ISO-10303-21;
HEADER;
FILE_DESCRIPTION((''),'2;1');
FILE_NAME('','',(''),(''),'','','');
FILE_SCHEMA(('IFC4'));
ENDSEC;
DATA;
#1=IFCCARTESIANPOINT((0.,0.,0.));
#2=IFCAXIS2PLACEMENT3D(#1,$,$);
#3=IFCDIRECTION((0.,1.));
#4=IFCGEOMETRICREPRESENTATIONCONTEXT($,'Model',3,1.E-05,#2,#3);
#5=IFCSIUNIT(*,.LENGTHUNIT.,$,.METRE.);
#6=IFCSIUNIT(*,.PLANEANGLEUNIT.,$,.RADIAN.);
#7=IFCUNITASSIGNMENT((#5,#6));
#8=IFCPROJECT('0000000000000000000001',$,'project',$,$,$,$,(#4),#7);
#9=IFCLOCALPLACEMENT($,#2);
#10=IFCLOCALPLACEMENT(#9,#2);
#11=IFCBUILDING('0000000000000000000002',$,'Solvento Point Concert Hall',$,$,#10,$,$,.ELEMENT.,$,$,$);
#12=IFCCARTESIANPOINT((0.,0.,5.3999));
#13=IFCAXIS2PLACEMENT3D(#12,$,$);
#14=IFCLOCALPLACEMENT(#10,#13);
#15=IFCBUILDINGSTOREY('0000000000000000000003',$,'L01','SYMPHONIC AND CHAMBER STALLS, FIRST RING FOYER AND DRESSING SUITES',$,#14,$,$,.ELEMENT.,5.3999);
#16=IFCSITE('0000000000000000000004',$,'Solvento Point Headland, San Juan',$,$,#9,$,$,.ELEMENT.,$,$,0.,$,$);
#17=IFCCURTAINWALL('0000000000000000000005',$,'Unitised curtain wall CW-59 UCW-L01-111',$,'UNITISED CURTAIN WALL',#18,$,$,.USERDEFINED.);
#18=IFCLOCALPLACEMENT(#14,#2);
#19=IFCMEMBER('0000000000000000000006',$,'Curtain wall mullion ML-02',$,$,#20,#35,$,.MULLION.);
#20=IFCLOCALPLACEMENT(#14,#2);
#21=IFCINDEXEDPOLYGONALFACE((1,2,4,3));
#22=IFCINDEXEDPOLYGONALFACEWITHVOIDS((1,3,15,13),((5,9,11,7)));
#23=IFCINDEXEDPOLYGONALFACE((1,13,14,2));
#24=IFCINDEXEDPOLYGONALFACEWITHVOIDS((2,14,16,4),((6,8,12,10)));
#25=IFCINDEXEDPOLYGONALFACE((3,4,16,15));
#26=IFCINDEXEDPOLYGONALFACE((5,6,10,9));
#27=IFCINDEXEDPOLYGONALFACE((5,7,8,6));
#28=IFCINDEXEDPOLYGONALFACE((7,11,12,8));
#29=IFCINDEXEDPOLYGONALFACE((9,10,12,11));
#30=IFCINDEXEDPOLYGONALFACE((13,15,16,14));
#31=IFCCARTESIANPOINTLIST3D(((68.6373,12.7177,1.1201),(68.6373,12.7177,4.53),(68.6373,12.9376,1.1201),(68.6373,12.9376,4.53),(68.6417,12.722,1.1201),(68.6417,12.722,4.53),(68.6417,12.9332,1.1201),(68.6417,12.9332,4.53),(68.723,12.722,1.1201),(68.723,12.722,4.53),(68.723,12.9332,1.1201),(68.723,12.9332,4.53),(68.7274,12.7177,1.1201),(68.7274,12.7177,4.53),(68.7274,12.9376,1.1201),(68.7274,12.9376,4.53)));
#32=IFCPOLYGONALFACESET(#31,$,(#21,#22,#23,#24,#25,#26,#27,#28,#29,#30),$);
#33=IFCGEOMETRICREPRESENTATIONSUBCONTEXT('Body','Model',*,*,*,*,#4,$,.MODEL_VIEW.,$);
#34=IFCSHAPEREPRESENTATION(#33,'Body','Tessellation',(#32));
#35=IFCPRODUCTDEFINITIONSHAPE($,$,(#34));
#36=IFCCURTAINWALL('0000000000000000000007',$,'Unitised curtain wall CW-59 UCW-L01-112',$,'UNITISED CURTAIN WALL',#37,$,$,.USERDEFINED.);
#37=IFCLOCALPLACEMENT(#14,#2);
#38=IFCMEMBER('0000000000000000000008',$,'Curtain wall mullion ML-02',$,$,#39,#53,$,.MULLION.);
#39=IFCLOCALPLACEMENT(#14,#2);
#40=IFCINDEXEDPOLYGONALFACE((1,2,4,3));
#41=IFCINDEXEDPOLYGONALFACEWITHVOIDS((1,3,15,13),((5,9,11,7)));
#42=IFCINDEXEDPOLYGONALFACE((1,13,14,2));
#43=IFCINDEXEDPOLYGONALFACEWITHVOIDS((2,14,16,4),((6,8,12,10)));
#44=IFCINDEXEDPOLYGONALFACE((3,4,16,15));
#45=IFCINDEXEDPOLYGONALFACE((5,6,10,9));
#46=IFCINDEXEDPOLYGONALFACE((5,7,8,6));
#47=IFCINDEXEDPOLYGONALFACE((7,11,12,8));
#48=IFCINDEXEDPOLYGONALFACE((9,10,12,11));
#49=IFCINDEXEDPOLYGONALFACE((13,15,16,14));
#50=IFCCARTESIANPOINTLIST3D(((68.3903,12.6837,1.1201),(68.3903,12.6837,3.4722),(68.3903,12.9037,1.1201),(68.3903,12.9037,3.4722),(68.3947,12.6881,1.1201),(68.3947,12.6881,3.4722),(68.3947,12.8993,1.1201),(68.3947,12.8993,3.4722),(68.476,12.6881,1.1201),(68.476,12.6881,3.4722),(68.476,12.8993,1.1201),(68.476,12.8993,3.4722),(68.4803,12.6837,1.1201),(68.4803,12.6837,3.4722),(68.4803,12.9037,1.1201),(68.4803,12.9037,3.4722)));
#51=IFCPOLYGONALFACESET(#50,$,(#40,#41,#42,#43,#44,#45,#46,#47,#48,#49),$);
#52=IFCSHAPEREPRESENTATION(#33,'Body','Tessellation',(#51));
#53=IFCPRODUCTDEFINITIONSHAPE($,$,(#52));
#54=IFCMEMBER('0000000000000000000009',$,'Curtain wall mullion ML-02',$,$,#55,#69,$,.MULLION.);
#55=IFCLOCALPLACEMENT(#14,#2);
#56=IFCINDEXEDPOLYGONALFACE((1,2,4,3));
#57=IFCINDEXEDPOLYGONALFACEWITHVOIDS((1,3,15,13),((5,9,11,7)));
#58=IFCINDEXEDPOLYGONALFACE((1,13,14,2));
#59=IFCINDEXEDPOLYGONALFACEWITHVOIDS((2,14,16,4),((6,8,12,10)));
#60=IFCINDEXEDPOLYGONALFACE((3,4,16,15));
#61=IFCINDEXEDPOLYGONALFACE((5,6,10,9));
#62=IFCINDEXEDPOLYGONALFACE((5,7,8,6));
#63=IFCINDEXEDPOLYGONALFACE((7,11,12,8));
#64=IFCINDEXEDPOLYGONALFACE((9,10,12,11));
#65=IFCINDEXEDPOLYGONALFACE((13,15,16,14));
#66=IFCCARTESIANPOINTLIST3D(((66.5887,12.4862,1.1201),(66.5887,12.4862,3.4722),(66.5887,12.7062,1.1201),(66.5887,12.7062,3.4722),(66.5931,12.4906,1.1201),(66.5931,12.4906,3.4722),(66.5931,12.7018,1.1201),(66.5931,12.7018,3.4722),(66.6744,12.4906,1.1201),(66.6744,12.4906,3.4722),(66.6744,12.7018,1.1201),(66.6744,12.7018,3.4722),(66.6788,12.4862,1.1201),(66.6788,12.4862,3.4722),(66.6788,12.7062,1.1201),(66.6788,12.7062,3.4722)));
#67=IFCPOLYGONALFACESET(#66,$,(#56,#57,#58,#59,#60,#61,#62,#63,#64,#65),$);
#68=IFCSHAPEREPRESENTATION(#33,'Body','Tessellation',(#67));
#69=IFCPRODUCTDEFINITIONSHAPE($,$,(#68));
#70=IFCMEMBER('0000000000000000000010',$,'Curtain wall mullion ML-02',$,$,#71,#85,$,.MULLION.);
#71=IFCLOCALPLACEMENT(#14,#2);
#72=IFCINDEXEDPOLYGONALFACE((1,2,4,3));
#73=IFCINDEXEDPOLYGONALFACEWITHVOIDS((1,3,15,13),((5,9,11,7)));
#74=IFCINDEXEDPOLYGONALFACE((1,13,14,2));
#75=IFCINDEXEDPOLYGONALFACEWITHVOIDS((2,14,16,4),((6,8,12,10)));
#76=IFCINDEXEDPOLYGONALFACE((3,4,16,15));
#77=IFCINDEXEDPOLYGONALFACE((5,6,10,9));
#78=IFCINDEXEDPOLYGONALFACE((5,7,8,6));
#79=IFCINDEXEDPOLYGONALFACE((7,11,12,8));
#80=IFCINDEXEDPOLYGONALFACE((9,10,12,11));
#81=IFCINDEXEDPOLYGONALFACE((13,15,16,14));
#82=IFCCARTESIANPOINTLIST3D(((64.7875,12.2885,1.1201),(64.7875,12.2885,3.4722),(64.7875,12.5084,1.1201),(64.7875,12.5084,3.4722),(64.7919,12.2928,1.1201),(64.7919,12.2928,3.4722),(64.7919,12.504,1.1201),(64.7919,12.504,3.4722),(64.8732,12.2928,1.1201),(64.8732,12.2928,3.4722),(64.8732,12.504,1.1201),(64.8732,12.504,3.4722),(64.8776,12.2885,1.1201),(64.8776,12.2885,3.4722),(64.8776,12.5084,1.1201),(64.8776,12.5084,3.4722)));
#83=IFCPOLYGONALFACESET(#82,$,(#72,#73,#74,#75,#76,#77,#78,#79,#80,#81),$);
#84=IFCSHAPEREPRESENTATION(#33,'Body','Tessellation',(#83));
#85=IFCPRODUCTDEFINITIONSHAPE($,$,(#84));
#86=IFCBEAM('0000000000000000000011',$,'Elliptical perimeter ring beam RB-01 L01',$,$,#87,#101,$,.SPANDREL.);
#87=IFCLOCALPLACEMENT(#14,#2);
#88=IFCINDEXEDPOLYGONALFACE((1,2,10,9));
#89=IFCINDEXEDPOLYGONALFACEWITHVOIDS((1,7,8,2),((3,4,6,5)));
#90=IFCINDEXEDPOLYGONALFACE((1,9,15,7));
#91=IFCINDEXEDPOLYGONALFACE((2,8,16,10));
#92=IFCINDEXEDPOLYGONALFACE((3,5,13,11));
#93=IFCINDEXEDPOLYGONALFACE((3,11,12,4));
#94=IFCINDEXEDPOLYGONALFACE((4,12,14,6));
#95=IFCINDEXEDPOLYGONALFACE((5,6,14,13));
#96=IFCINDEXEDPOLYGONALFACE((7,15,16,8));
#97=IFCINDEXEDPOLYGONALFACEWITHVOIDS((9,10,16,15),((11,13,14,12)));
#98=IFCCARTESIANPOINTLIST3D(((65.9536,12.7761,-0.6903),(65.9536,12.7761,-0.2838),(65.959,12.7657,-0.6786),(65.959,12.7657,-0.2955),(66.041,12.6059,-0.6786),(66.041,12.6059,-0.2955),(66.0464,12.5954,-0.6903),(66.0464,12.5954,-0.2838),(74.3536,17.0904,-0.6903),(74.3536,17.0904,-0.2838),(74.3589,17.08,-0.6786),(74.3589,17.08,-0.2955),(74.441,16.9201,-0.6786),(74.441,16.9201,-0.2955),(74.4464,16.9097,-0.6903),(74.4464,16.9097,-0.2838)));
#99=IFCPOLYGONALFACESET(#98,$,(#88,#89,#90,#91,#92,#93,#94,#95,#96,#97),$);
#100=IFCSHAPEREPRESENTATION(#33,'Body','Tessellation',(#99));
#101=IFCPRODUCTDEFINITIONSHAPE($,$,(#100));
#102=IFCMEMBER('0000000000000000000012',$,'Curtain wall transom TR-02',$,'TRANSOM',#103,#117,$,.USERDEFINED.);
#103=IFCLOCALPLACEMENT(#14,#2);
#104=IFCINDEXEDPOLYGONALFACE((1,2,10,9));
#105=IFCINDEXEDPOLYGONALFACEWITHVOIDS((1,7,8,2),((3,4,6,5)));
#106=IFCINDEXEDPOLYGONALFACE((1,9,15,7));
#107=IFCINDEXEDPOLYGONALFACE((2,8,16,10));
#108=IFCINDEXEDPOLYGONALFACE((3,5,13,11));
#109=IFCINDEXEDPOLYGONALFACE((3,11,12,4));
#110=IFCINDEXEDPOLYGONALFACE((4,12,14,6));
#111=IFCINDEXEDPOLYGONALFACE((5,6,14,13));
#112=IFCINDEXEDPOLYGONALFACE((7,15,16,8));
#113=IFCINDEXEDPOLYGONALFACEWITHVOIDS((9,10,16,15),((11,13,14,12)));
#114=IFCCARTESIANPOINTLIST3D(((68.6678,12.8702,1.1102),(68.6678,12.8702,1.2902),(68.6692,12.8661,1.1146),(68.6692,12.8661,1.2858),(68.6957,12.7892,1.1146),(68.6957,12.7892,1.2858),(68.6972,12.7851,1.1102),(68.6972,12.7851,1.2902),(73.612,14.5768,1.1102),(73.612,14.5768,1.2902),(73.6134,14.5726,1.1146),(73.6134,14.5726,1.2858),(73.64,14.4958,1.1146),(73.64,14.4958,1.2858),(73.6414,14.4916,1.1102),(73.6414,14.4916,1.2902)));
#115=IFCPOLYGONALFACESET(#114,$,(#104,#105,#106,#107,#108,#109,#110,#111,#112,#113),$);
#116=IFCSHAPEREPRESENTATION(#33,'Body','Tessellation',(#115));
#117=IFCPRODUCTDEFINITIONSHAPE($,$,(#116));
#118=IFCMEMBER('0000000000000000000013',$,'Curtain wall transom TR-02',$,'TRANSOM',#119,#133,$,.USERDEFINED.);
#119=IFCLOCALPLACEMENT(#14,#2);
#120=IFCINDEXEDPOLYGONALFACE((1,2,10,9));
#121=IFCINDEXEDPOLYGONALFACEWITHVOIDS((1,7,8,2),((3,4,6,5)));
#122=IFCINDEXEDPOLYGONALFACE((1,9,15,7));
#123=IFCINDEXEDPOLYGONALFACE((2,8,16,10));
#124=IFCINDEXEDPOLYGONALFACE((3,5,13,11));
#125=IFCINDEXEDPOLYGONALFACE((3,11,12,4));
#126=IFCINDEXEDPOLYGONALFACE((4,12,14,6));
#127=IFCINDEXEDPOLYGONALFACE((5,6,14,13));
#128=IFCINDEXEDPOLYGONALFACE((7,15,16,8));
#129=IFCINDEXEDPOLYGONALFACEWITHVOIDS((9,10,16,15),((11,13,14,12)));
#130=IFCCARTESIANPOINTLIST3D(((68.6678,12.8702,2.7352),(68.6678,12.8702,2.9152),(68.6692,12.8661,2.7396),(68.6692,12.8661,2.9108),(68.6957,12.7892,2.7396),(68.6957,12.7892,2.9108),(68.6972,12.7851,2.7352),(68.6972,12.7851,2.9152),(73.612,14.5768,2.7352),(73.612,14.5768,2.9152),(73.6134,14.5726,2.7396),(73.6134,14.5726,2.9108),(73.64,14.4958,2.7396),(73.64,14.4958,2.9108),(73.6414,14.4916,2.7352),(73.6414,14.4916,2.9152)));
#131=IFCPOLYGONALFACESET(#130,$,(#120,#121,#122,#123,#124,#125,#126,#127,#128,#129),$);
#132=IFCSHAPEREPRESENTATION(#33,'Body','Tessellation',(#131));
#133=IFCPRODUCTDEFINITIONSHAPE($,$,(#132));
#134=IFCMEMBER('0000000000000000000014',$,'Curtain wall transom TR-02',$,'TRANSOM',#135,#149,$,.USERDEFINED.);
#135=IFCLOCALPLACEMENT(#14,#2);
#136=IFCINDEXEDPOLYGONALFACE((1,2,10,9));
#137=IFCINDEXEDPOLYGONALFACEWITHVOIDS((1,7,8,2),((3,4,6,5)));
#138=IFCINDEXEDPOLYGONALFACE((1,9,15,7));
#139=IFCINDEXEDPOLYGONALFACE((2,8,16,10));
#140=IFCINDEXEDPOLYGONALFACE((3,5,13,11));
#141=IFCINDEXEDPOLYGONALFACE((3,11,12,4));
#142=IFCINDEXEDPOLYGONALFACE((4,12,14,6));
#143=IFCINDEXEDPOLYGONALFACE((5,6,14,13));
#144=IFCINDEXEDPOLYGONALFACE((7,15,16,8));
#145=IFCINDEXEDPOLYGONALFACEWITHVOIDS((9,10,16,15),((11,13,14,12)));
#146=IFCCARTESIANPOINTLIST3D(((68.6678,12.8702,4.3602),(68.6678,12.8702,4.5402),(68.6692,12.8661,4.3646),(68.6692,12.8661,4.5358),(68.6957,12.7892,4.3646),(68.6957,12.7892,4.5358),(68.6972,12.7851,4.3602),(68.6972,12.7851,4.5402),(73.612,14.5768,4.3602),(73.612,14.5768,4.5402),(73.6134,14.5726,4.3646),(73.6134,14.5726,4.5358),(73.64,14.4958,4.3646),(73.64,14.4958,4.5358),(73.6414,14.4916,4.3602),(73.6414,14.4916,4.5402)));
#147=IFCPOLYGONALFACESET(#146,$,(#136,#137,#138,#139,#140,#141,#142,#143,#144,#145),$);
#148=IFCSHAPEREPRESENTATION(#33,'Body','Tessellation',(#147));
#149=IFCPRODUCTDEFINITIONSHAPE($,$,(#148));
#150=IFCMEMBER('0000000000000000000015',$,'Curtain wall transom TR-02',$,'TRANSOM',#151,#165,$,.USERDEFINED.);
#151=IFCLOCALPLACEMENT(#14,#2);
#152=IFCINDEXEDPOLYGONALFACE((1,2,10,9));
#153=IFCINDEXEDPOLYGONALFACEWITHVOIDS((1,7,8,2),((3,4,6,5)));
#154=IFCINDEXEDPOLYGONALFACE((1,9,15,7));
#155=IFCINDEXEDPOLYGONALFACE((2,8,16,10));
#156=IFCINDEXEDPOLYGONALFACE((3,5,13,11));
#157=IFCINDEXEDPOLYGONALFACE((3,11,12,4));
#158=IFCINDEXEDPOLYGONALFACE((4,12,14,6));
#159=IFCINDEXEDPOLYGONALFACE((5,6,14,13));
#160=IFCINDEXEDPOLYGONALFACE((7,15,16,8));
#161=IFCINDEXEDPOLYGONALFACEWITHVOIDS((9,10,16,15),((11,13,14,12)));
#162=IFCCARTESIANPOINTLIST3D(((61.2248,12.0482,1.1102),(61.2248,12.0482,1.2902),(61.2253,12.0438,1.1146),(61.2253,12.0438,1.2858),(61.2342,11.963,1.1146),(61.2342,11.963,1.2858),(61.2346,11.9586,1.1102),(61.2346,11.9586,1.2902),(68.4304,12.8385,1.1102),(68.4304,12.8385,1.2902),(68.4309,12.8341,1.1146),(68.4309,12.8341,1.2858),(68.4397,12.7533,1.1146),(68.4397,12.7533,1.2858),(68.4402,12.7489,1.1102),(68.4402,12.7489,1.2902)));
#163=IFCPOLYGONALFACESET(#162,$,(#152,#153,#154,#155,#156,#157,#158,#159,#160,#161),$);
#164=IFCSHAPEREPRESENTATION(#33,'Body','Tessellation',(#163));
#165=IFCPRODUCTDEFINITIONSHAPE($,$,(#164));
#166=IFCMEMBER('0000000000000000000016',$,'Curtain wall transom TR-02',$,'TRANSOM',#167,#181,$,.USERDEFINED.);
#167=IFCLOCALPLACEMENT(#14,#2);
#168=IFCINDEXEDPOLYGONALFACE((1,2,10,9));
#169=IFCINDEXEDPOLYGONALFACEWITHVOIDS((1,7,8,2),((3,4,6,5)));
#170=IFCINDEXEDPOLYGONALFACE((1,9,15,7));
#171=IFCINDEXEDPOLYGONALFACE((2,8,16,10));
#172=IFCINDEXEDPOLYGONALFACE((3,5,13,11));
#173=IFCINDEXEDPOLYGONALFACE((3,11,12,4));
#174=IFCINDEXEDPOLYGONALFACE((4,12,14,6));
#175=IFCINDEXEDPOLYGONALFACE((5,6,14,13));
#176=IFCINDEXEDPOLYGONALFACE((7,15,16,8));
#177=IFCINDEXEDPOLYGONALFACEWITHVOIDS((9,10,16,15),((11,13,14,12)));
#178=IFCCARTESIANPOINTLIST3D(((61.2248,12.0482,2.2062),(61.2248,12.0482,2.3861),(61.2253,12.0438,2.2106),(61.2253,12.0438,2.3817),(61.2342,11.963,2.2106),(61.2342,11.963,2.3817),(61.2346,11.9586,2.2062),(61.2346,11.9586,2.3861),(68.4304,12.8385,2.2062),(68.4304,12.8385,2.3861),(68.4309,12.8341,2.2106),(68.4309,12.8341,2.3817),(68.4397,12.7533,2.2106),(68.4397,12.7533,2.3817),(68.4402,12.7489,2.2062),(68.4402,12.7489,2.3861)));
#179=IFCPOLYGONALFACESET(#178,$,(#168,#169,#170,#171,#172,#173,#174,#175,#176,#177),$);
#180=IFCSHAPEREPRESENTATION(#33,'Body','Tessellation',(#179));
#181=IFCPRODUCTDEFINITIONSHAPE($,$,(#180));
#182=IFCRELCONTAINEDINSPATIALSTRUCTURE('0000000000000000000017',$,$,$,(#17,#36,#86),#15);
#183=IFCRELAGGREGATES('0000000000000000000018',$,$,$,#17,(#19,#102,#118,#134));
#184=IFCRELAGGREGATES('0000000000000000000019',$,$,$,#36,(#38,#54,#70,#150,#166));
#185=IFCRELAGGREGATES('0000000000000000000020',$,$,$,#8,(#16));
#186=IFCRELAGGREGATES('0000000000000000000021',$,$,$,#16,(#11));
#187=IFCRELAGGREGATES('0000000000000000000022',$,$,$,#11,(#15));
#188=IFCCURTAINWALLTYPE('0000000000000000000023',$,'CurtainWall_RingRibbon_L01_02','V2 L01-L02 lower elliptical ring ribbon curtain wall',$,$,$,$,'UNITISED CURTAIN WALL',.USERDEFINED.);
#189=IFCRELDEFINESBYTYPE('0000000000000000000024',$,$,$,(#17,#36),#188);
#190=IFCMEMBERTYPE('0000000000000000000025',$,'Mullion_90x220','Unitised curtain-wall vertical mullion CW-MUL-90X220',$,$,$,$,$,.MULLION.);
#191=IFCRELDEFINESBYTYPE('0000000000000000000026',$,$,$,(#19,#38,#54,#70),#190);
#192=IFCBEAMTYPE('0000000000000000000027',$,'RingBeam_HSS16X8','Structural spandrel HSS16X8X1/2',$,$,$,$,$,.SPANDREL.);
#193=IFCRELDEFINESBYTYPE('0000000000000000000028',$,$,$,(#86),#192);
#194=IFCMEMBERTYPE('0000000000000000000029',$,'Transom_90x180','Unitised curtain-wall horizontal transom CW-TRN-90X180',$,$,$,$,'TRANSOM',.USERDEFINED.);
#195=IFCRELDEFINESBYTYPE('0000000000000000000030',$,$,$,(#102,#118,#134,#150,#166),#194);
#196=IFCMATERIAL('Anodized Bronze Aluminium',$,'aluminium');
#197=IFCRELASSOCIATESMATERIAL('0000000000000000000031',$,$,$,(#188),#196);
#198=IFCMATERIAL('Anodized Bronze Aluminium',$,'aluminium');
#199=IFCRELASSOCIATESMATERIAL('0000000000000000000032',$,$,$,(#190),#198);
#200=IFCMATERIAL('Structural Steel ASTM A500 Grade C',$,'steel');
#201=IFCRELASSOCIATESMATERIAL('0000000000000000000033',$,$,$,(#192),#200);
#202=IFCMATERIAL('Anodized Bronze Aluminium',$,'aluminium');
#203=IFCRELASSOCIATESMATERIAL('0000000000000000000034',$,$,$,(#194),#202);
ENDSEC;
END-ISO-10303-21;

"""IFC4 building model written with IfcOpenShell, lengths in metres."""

from ifc_helpers import new_model, si_unit, direction, frame, origin, origin_2d, place, context, subcontext, project, spatial, hollow_rectangle, extrude, material, material_profile, profile_set, type_object, element, aggregate, save


model = new_model("IFC4")

# Units and contexts
model_context = context("Model", 3, precision=1e-05, world=origin(), true_north=direction((0.0, 1.0)))
body_context = subcontext(model_context, "Body", "Model", "MODEL_VIEW")
ifc_project = project(units=[si_unit("LENGTHUNIT", "METRE"), si_unit("PLANEANGLEUNIT", "RADIAN")], contexts=[model_context])

# Site, building, storey
site_placement = place(None, origin())
site = spatial("IfcSite", under=ifc_project, at=site_placement, Name="Solvento Point Headland, San Juan", CompositionType="ELEMENT", RefElevation=0.0)
building_placement = place(site_placement, origin())
building = spatial("IfcBuilding", under=site, at=building_placement, Name="Solvento Point Concert Hall", CompositionType="ELEMENT")
storey_placement = place(building_placement, frame((0.0, 0.0, 5.3999)))
storey = spatial("IfcBuildingStorey", under=building, at=storey_placement, Name="L01", Description="SYMPHONIC AND CHAMBER STALLS, FIRST RING FOYER AND DRESSING SUITES", CompositionType="ELEMENT", Elevation=5.3999)

# Curtain walls, members
ifc_material_1 = material(Name="Anodized Bronze Aluminium", Category="aluminium")
curtain_wall_type = type_object("IfcCurtainWallType", Name="CurtainWall_RingRibbon_L01_02", Description="V2 L01-L02 lower elliptical ring ribbon curtain wall", ElementType="UNITISED CURTAIN WALL", PredefinedType="USERDEFINED", material=ifc_material_1)
curtain_wall_1_placement = place(storey_placement, origin())
curtain_wall_1 = element("IfcCurtainWall", 1, at=curtain_wall_1_placement, inside=storey, type_object=curtain_wall_type, Name="Unitised curtain wall CW-59 UCW-L01-111", ObjectType="UNITISED CURTAIN WALL", PredefinedType="USERDEFINED")
ifc_material_2 = material(Name="Anodized Bronze Aluminium", Category="aluminium")
ifc_material_profile_1 = material_profile(ifc_material_2, hollow_rectangle(XDim=0.0901, YDim=0.22, WallThickness=0.0044, at=origin_2d()), Name="CW-MUL-90X220")
ifc_profile_set_1 = profile_set([ifc_material_profile_1], Name="Anodized Bronze Aluminium")
member_type_1 = type_object("IfcMemberType", Name="Mullion_90x220", Description="Unitised curtain-wall vertical mullion CW-MUL-90X220", PredefinedType="MULLION", material=ifc_profile_set_1)
member_1_placement = place(storey_placement, frame((68.6824, 12.8276, 1.1201), z_axis=(0.0, 0.0, 1.0), x_axis=(1.0, 0.0, 0.0)))
member_1 = element("IfcMember", 2, at=member_1_placement, type_object=member_type_1, Name="Curtain wall mullion ML-02", PredefinedType="MULLION", context=body_context, shape_type="SweptSolid", body=[
    extrude(hollow_rectangle(XDim=0.0901, YDim=0.22, WallThickness=0.0044, at=origin_2d()), origin(), (0.0, 0.0, 1.0), 3.4099),
])
curtain_wall_2_placement = place(storey_placement, origin())
curtain_wall_2 = element("IfcCurtainWall", 3, at=curtain_wall_2_placement, inside=storey, type_object=curtain_wall_type, Name="Unitised curtain wall CW-59 UCW-L01-112", ObjectType="UNITISED CURTAIN WALL", PredefinedType="USERDEFINED")
member_2_placement = place(storey_placement, frame((68.4353, 12.7937, 1.1201), z_axis=(0.0, 0.0, 1.0), x_axis=(1.0, 0.0, 0.0)))
member_2 = element("IfcMember", 4, at=member_2_placement, type_object=member_type_1, Name="Curtain wall mullion ML-02", PredefinedType="MULLION", context=body_context, shape_type="SweptSolid", body=[
    extrude(hollow_rectangle(XDim=0.0901, YDim=0.22, WallThickness=0.0044, at=origin_2d()), origin(), (0.0, 0.0, 1.0), 2.3521),
])
member_3_placement = place(storey_placement, frame((66.6338, 12.5962, 1.1201), z_axis=(0.0, 0.0, 1.0), x_axis=(1.0, 0.0, 0.0)))
member_3 = element("IfcMember", 5, at=member_3_placement, type_object=member_type_1, Name="Curtain wall mullion ML-02", PredefinedType="MULLION", context=body_context, shape_type="SweptSolid", body=[
    extrude(hollow_rectangle(XDim=0.0901, YDim=0.22, WallThickness=0.0044, at=origin_2d()), origin(), (0.0, 0.0, 1.0), 2.3521),
])
member_4_placement = place(storey_placement, frame((64.8325, 12.3984, 1.1201), z_axis=(0.0, 0.0, 1.0), x_axis=(1.0, 0.0, 0.0)))
member_4 = element("IfcMember", 6, at=member_4_placement, type_object=member_type_1, Name="Curtain wall mullion ML-02", PredefinedType="MULLION", context=body_context, shape_type="SweptSolid", body=[
    extrude(hollow_rectangle(XDim=0.0901, YDim=0.22, WallThickness=0.0044, at=origin_2d()), origin(), (0.0, 0.0, 1.0), 2.3521),
])

# Beam
ifc_material_3 = material(Name="Structural Steel ASTM A500 Grade C", Category="steel")
ifc_material_profile_2 = material_profile(ifc_material_3, hollow_rectangle(XDim=0.2031, YDim=0.4065, WallThickness=0.0117, at=origin_2d()), Name="HSS16X8X1/2")
ifc_profile_set_2 = profile_set([ifc_material_profile_2], Name="Structural Steel ASTM A500 Grade C")
beam_type_1 = type_object("IfcBeamType", Name="RingBeam_HSS16X8", Description="Structural spandrel HSS16X8X1/2", PredefinedType="SPANDREL", material=ifc_profile_set_2)
beam_1_placement = place(storey_placement, frame((66.0, 12.6858, -0.4871), z_axis=(0.889535, 0.456867, 0.0), x_axis=(-0.456867, 0.889535, 0.0)))
element("IfcBeam", 7, at=beam_1_placement, inside=storey, type_object=beam_type_1, Name="Elliptical perimeter ring beam RB-01 L01", PredefinedType="SPANDREL", context=body_context, shape_type="SweptSolid", body=[
    extrude(hollow_rectangle(XDim=0.2031, YDim=0.4065, WallThickness=0.0117, at=origin_2d()), origin(), (0.0, 0.0, 1.0), 9.4431),
])

# Members
ifc_material_4 = material(Name="Anodized Bronze Aluminium", Category="aluminium")
ifc_material_profile_3 = material_profile(ifc_material_4, hollow_rectangle(XDim=0.0901, YDim=0.1799, WallThickness=0.0044, at=origin_2d()), Name="CW-TRN-90X180")
ifc_profile_set_3 = profile_set([ifc_material_profile_3], Name="Anodized Bronze Aluminium")
member_type_2 = type_object("IfcMemberType", Name="Transom_90x180", Description="Unitised curtain-wall horizontal transom CW-TRN-90X180", ElementType="TRANSOM", PredefinedType="USERDEFINED", material=ifc_profile_set_3)
member_5_placement = place(storey_placement, frame((73.6267, 14.5342, 1.2002), z_axis=(-0.945279, -0.326264, 0.0), x_axis=(0.326264, -0.945279, 0.0)))
member_5 = element("IfcMember", 8, at=member_5_placement, type_object=member_type_2, Name="Curtain wall transom TR-02", ObjectType="TRANSOM", PredefinedType="USERDEFINED", context=body_context, shape_type="SweptSolid", body=[
    extrude(hollow_rectangle(XDim=0.0901, YDim=0.1799, WallThickness=0.0044, at=origin_2d()), origin(), (0.0, 0.0, 1.0), 5.2305),
])
member_6_placement = place(storey_placement, frame((73.6267, 14.5342, 2.8252), z_axis=(-0.945279, -0.326264, 0.0), x_axis=(0.326264, -0.945279, 0.0)))
member_6 = element("IfcMember", 9, at=member_6_placement, type_object=member_type_2, Name="Curtain wall transom TR-02", ObjectType="TRANSOM", PredefinedType="USERDEFINED", context=body_context, shape_type="SweptSolid", body=[
    extrude(hollow_rectangle(XDim=0.0901, YDim=0.1799, WallThickness=0.0044, at=origin_2d()), origin(), (0.0, 0.0, 1.0), 5.2305),
])
member_7_placement = place(storey_placement, frame((73.6267, 14.5342, 4.4502), z_axis=(-0.945279, -0.326264, 0.0), x_axis=(0.326264, -0.945279, 0.0)))
member_7 = element("IfcMember", 10, at=member_7_placement, type_object=member_type_2, Name="Curtain wall transom TR-02", ObjectType="TRANSOM", PredefinedType="USERDEFINED", context=body_context, shape_type="SweptSolid", body=[
    extrude(hollow_rectangle(XDim=0.0901, YDim=0.1799, WallThickness=0.0044, at=origin_2d()), origin(), (0.0, 0.0, 1.0), 5.2305),
])
member_8_placement = place(storey_placement, frame((68.4353, 12.7937, 1.2002), z_axis=(-0.994039, -0.109023, 0.0), x_axis=(0.109023, -0.994039, 0.0)))
member_8 = element("IfcMember", 11, at=member_8_placement, type_object=member_type_2, Name="Curtain wall transom TR-02", ObjectType="TRANSOM", PredefinedType="USERDEFINED", context=body_context, shape_type="SweptSolid", body=[
    extrude(hollow_rectangle(XDim=0.0901, YDim=0.1799, WallThickness=0.0044, at=origin_2d()), origin(), (0.0, 0.0, 1.0), 7.2488),
])
member_9_placement = place(storey_placement, frame((68.4353, 12.7937, 2.2961), z_axis=(-0.994039, -0.109023, 0.0), x_axis=(0.109023, -0.994039, 0.0)))
member_9 = element("IfcMember", 12, at=member_9_placement, type_object=member_type_2, Name="Curtain wall transom TR-02", ObjectType="TRANSOM", PredefinedType="USERDEFINED", context=body_context, shape_type="SweptSolid", body=[
    extrude(hollow_rectangle(XDim=0.0901, YDim=0.1799, WallThickness=0.0044, at=origin_2d()), origin(), (0.0, 0.0, 1.0), 7.2488),
])

aggregate(curtain_wall_1, [member_1, member_5, member_6, member_7])
aggregate(curtain_wall_2, [member_2, member_3, member_4, member_8, member_9])

save(model, "model.ifc")
